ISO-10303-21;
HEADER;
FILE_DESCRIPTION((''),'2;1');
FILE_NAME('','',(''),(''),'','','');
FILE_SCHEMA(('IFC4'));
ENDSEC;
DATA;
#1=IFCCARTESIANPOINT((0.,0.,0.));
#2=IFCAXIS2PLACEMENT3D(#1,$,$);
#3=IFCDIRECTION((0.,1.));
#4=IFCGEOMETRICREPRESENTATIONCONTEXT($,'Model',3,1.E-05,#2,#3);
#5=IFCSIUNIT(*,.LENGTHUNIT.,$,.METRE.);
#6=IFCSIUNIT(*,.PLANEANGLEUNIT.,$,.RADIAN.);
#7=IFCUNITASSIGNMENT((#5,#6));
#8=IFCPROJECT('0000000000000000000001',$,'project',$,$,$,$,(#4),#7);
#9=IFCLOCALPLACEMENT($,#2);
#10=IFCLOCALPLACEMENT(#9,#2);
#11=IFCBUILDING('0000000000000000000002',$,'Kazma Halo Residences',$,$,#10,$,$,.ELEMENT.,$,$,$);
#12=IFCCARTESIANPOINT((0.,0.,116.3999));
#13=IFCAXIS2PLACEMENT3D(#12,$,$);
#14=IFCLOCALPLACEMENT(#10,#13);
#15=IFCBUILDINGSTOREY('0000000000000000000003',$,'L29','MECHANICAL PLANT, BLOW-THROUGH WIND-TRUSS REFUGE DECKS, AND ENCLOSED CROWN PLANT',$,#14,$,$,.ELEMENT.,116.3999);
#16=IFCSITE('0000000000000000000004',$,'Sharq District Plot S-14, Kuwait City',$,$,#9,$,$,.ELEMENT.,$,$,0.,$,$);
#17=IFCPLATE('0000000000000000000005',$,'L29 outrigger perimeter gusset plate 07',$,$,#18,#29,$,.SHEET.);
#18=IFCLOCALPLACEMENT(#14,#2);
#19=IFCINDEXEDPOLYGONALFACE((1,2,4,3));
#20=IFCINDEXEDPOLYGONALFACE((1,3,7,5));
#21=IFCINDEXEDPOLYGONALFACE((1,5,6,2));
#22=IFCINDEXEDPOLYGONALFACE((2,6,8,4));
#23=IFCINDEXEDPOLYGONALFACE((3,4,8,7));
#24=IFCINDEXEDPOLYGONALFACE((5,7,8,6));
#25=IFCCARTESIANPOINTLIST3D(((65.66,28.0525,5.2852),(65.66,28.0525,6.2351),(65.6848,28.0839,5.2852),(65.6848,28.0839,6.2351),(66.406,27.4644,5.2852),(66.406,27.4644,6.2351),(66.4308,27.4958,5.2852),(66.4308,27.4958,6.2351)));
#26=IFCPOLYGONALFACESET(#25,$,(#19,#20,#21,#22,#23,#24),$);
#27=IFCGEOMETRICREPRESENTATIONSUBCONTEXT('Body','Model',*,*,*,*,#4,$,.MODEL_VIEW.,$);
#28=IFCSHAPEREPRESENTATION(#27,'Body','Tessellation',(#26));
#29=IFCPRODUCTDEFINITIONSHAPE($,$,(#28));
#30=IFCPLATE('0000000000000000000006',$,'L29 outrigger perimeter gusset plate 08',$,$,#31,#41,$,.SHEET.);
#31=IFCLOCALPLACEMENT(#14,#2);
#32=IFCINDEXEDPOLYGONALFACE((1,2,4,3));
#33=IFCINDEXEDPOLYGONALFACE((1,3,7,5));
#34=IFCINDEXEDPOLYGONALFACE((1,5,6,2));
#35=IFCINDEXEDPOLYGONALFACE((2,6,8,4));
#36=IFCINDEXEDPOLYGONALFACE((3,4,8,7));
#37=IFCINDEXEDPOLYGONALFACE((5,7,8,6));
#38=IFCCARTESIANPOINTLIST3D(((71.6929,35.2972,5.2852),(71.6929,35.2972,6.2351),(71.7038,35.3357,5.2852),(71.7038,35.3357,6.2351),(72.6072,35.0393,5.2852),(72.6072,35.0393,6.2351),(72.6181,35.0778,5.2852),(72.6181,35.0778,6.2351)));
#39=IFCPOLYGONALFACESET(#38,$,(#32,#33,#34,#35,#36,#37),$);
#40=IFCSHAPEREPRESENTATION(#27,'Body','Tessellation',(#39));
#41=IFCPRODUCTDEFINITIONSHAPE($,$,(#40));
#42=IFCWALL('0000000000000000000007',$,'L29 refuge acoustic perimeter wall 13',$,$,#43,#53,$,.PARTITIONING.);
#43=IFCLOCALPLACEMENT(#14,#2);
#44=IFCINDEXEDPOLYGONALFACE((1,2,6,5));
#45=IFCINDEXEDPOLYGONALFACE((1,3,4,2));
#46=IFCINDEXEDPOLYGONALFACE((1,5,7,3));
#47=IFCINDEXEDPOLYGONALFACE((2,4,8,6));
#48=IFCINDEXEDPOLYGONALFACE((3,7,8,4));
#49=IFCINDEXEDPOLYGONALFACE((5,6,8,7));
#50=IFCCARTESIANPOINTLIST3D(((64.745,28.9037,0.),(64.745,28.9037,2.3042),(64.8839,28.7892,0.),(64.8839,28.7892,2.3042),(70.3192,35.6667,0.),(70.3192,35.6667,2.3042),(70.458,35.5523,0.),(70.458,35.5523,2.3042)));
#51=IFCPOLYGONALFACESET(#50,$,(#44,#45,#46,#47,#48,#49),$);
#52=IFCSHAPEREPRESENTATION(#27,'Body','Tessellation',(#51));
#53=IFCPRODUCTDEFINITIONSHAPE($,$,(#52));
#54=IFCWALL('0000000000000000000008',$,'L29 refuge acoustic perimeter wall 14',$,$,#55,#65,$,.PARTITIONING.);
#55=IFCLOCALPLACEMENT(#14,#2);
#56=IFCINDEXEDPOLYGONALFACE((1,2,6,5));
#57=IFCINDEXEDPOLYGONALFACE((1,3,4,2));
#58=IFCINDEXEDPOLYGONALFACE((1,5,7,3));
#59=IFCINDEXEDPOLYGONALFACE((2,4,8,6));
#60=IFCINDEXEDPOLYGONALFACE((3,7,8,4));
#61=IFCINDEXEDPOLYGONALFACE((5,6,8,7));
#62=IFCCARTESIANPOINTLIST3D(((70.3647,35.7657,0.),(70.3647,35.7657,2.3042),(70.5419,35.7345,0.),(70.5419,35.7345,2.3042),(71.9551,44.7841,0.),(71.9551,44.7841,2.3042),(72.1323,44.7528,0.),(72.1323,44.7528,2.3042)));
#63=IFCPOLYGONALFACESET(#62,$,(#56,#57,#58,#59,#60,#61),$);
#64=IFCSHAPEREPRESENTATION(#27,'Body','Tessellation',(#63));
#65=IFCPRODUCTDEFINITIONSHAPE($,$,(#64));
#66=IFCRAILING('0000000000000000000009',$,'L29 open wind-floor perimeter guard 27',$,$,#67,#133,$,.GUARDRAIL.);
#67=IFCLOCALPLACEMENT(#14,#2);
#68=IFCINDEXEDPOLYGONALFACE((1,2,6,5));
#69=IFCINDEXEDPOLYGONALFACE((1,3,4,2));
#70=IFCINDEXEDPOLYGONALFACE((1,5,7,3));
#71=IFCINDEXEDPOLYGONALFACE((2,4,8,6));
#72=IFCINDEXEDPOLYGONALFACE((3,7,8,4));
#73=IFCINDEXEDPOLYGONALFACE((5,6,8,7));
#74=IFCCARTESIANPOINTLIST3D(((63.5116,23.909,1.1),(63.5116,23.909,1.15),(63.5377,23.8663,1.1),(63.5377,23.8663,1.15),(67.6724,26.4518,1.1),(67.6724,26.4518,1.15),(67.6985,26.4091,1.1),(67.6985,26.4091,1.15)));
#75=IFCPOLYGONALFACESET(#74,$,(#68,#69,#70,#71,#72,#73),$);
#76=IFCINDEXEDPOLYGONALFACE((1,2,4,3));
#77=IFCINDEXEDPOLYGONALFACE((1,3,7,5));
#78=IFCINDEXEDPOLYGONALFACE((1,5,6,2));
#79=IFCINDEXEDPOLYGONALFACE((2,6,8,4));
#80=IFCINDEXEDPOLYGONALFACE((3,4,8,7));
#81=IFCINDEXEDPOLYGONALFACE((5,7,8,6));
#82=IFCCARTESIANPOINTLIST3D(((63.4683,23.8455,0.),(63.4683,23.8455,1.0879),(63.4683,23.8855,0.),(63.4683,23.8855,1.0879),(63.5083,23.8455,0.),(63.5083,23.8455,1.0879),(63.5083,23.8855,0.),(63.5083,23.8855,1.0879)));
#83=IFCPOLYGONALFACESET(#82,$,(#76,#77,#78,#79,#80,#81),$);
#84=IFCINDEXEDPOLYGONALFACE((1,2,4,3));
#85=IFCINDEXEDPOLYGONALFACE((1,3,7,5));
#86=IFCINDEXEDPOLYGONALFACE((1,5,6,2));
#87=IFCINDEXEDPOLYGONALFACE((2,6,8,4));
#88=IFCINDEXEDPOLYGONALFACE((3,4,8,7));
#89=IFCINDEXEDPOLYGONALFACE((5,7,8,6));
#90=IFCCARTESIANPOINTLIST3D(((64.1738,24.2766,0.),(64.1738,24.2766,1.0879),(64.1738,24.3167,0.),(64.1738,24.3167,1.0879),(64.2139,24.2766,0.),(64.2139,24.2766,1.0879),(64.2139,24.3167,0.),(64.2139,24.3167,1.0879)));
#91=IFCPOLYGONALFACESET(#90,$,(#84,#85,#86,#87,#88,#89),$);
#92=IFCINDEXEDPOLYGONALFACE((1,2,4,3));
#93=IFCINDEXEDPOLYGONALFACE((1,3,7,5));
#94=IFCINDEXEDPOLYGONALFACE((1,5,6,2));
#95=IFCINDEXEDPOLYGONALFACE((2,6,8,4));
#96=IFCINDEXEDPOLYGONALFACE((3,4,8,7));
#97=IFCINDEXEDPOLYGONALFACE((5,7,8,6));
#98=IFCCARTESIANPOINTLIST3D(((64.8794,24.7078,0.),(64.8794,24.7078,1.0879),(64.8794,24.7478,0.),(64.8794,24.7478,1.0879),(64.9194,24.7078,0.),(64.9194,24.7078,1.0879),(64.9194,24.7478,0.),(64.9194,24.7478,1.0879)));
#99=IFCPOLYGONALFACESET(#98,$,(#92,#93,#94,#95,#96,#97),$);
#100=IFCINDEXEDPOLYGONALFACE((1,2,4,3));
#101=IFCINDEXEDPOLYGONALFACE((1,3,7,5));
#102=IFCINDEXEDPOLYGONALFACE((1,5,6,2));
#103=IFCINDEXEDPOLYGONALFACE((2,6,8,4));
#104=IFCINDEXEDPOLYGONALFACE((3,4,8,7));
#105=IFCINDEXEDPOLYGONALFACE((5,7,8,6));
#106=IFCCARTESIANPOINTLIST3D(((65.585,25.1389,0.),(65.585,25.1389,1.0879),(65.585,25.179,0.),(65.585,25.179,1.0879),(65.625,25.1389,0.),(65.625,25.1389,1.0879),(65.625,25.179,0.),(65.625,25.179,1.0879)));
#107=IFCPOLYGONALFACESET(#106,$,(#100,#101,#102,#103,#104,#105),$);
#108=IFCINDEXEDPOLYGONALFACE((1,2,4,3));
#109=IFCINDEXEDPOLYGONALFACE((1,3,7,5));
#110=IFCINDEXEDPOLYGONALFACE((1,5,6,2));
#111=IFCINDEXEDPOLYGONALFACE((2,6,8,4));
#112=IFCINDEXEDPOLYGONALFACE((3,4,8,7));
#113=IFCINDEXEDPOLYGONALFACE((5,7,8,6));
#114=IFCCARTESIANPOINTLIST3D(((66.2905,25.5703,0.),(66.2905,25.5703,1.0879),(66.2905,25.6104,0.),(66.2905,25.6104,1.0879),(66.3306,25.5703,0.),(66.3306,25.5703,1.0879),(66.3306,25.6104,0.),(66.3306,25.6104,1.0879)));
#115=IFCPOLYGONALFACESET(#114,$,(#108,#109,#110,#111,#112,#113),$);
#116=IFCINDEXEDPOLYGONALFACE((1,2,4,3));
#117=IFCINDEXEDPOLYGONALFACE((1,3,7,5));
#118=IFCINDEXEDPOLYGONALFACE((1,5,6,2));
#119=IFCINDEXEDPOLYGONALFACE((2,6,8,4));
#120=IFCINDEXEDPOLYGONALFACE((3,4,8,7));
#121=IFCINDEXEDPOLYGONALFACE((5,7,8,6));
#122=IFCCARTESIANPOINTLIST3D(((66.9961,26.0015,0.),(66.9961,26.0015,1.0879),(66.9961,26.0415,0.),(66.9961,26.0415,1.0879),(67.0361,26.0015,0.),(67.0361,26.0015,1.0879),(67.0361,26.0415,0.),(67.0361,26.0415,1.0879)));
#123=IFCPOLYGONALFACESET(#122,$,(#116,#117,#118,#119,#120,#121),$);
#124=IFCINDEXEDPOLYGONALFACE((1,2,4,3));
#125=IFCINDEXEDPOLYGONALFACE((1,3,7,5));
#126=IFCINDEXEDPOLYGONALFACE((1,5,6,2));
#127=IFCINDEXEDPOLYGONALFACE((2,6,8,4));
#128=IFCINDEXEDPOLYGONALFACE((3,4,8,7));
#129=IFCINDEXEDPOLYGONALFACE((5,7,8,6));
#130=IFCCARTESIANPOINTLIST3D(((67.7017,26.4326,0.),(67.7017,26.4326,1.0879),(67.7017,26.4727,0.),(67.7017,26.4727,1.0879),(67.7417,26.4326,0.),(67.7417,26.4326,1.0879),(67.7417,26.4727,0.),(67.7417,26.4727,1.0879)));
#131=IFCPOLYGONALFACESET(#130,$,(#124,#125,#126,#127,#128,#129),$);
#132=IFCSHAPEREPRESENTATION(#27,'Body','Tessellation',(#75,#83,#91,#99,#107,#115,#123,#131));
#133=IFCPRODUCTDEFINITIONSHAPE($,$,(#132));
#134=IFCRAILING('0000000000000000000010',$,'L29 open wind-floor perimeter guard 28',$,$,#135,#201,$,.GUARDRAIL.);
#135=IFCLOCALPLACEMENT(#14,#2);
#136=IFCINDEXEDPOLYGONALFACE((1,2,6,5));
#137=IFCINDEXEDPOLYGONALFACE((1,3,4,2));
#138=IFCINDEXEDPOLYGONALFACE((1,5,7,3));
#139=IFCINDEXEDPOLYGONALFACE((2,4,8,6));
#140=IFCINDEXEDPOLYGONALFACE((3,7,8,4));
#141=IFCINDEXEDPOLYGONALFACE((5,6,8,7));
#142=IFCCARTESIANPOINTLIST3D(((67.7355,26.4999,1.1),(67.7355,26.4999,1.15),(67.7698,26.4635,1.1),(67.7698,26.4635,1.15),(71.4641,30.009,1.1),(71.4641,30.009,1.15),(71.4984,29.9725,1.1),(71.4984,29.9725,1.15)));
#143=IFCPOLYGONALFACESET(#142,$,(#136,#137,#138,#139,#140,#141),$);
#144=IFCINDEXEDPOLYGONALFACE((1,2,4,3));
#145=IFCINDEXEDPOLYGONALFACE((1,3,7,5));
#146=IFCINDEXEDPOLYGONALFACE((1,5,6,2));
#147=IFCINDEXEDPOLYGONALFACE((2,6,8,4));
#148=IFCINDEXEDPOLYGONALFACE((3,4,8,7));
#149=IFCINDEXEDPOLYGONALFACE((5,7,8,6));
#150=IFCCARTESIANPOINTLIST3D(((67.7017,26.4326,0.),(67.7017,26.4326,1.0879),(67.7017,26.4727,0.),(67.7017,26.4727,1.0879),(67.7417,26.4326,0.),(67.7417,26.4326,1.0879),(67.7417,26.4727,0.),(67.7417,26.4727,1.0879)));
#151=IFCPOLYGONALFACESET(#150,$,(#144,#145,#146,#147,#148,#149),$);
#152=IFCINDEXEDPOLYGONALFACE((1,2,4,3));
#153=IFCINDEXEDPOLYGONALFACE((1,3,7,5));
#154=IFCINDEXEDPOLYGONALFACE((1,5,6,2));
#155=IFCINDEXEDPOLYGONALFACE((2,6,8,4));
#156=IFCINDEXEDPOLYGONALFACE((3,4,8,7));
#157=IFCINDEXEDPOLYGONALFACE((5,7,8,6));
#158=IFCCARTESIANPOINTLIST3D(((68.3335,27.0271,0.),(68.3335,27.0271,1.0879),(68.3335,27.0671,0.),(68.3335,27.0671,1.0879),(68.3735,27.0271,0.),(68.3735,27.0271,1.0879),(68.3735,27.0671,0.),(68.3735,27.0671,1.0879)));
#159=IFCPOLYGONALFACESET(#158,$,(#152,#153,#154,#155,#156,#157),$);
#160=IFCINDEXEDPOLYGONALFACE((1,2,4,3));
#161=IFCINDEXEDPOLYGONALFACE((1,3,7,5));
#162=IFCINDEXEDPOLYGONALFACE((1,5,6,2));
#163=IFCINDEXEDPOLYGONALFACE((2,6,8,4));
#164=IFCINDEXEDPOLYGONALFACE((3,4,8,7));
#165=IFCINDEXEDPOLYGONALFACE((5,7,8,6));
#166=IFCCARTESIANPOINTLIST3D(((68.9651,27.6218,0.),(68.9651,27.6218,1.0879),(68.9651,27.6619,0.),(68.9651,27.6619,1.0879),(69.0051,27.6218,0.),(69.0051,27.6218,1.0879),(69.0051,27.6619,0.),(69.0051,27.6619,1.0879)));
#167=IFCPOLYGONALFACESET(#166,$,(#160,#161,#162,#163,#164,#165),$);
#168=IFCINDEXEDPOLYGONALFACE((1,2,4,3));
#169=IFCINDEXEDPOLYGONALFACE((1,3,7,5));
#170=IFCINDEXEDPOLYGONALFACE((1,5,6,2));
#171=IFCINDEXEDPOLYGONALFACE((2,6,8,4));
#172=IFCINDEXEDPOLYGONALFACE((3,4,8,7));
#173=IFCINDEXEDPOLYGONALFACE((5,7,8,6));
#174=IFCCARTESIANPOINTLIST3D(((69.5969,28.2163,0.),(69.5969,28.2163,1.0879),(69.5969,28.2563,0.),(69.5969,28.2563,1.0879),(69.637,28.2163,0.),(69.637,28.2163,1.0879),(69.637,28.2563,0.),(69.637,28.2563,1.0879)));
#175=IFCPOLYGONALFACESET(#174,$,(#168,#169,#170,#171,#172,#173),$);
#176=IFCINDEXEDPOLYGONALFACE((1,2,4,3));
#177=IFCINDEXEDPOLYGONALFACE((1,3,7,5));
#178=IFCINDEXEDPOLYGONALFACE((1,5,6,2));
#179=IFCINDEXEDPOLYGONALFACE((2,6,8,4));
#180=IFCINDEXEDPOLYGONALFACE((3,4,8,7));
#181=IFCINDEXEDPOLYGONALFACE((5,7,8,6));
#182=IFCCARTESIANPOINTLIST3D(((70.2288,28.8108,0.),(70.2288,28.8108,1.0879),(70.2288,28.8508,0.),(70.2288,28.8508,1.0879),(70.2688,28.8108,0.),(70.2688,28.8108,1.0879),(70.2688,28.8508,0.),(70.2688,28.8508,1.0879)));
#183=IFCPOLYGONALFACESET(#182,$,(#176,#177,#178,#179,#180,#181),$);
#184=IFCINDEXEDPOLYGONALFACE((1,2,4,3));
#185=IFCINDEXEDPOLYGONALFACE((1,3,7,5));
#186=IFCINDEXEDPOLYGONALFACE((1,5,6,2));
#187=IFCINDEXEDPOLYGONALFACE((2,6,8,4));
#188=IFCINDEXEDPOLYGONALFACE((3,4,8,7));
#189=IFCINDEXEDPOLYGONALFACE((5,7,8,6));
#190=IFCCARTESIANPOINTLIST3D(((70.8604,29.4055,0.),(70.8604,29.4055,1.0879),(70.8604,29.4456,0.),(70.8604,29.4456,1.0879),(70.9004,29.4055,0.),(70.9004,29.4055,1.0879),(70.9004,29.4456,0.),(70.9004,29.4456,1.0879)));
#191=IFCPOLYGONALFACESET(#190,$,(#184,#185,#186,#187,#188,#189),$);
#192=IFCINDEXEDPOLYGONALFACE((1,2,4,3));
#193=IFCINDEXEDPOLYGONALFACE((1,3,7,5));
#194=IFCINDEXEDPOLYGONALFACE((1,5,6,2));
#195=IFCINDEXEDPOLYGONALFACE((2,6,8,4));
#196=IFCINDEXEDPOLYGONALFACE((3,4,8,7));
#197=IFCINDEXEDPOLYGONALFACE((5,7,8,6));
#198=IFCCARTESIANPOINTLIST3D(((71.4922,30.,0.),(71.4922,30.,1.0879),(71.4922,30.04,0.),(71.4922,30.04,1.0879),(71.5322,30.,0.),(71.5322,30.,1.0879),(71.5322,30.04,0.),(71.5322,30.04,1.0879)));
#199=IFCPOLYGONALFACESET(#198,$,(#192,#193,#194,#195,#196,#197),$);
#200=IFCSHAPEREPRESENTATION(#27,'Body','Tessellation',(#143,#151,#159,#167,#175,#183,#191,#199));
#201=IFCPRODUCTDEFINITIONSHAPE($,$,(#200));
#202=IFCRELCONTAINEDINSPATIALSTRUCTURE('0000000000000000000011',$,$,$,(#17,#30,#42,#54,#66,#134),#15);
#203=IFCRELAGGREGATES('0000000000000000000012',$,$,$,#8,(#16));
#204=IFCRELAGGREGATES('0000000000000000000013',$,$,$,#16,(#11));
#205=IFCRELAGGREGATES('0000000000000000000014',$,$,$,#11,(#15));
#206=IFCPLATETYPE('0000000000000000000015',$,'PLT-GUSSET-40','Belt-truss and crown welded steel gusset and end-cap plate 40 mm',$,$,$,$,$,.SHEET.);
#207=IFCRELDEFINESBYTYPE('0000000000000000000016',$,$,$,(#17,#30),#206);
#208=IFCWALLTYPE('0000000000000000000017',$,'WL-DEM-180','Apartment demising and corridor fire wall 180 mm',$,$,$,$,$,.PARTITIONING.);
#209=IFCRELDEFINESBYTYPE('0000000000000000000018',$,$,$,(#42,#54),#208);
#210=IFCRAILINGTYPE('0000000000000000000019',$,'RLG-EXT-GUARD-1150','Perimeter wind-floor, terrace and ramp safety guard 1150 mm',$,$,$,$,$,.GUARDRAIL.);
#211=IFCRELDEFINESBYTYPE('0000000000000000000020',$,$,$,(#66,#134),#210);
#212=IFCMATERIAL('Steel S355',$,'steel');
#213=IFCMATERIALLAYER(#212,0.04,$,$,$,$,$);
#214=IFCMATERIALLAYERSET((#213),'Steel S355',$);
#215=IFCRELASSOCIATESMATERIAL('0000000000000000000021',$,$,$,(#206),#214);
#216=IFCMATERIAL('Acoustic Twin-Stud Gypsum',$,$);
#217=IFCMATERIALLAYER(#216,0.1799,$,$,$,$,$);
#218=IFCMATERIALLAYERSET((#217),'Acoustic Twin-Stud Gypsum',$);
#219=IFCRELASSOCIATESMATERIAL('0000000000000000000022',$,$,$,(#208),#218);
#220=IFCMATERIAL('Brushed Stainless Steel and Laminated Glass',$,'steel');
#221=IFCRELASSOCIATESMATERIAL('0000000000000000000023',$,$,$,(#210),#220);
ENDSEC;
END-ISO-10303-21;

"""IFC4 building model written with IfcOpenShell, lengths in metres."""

from ifc_helpers import new_model, si_unit, direction, frame, frame_2d, origin, origin_2d, place, context, subcontext, project, spatial, rectangle, extrude, material, layer, layer_set, type_object, element, save


model = new_model("IFC4")

# Units and contexts
model_context = context("Model", 3, precision=1e-05, world=origin(), true_north=direction((0.0, 1.0)))
body_context = subcontext(model_context, "Body", "Model", "MODEL_VIEW")
ifc_project = project(units=[si_unit("LENGTHUNIT", "METRE"), si_unit("PLANEANGLEUNIT", "RADIAN")], contexts=[model_context])

# Site, building, storey
site_placement = place(None, origin())
site = spatial("IfcSite", under=ifc_project, at=site_placement, Name="Sharq District Plot S-14, Kuwait City", CompositionType="ELEMENT", RefElevation=0.0)
building_placement = place(site_placement, origin())
building = spatial("IfcBuilding", under=site, at=building_placement, Name="Kazma Halo Residences", CompositionType="ELEMENT")
storey_placement = place(building_placement, frame((0.0, 0.0, 116.3999)))
storey = spatial("IfcBuildingStorey", under=building, at=storey_placement, Name="L29", Description="MECHANICAL PLANT, BLOW-THROUGH WIND-TRUSS REFUGE DECKS, AND ENCLOSED CROWN PLANT", CompositionType="ELEMENT", Elevation=116.3999)

# Shared definitions
ifc_material_1 = material(Name="Steel S355", Category="steel")

# Plates
ifc_layer_1 = layer(ifc_material_1, 0.04)
ifc_layer_set_1 = layer_set([ifc_layer_1], Name="Steel S355")
plate_type = type_object("IfcPlateType", Name="PLT-GUSSET-40", Description="Belt-truss and crown welded steel gusset and end-cap plate 40 mm", PredefinedType="SHEET", material=ifc_layer_set_1)
for number, where, z_axis, x_axis, name in (
    (1, (66.0454, 27.7742, 5.2852), (0.0, 0.0, 1.0), (0.78532, -0.61909, 0.0), "L29 outrigger perimeter gusset plate 07"),
    (2, (72.1555, 35.1875, 5.2852), (0.0, 0.0, 1.0), (0.962455, -0.271441, 0.0), "L29 outrigger perimeter gusset plate 08"),
):
    element("IfcPlate", number, at=place(storey_placement, frame(where, z_axis=z_axis, x_axis=x_axis)), inside=storey, type_object=plate_type, Name=name, PredefinedType="SHEET", context=body_context, shape_type="SweptSolid", body=[
        extrude(rectangle(XDim=0.95, YDim=0.04, at=origin_2d()), origin(), (0.0, 0.0, 1.0), 0.95),
    ])

# Walls
ifc_material_2 = material(Name="Acoustic Twin-Stud Gypsum")
ifc_layer_2 = layer(ifc_material_2, 0.1799)
ifc_layer_set_2 = layer_set([ifc_layer_2], Name="Acoustic Twin-Stud Gypsum")
wall_type = type_object("IfcWallType", Name="WL-DEM-180", Description="Apartment demising and corridor fire wall 180 mm", PredefinedType="PARTITIONING", material=ifc_layer_set_2)
wall_1_placement = place(storey_placement, frame((64.8145, 28.8464, 0.0), z_axis=(0.0, 0.0, 1.0), x_axis=(0.636016, 0.771676, 0.0)))
element("IfcWall", 3, at=wall_1_placement, inside=storey, type_object=wall_type, Name="L29 refuge acoustic perimeter wall 13", PredefinedType="PARTITIONING", context=body_context, shape_type="SweptSolid", body=[
    extrude(rectangle(XDim=8.7642, YDim=0.1799, at=frame_2d((4.3821, 0.0))), origin(), (0.0, 0.0, 1.0), 2.3042),
])
wall_2_placement = place(storey_placement, frame((70.4534, 35.7502, 0.0), z_axis=(0.0, 0.0, 1.0), x_axis=(0.173665, 0.984805, 0.0)))
element("IfcWall", 4, at=wall_2_placement, inside=storey, type_object=wall_type, Name="L29 refuge acoustic perimeter wall 14", PredefinedType="PARTITIONING", context=body_context, shape_type="SweptSolid", body=[
    extrude(rectangle(XDim=9.1575, YDim=0.1799, at=frame_2d((4.5786, 0.0))), origin(), (0.0, 0.0, 1.0), 2.3042),
])

# Railings
ifc_material_3 = material(Name="Brushed Stainless Steel and Laminated Glass", Category="steel")
railing_type = type_object("IfcRailingType", Name="RLG-EXT-GUARD-1150", Description="Perimeter wind-floor, terrace and ramp safety guard 1150 mm", PredefinedType="GUARDRAIL", material=ifc_material_3)
railing_1_placement = place(storey_placement, frame((63.4883, 23.8655, 0.0)))
element("IfcRailing", 5, at=railing_1_placement, inside=storey, type_object=railing_type, Name="L29 open wind-floor perimeter guard 27", PredefinedType="GUARDRAIL", context=body_context, shape_type="SweptSolid", body=[
    extrude(rectangle(XDim=0.05, YDim=0.05, at=origin_2d()), frame((0.0364, 0.0222, 1.125), z_axis=(0.853275, 0.521462, 0.0), x_axis=(-0.521462, 0.853275, 0.0)), (0.0, 0.0, 1.0), 4.8762),
    extrude(rectangle(XDim=0.04, YDim=0.04, at=origin_2d()), origin(), (0.0, 0.0, 1.0), 1.0879),
    extrude(rectangle(XDim=0.04, YDim=0.04, at=origin_2d()), frame((0.7056, 0.4312, 0.0)), (0.0, 0.0, 1.0), 1.0879),
    extrude(rectangle(XDim=0.04, YDim=0.04, at=origin_2d()), frame((1.4111, 0.8623, 0.0)), (0.0, 0.0, 1.0), 1.0879),
    extrude(rectangle(XDim=0.04, YDim=0.04, at=origin_2d()), frame((2.1167, 1.2935, 0.0)), (0.0, 0.0, 1.0), 1.0879),
    extrude(rectangle(XDim=0.04, YDim=0.04, at=origin_2d()), frame((2.8223, 1.7249, 0.0)), (0.0, 0.0, 1.0), 1.0879),
    extrude(rectangle(XDim=0.04, YDim=0.04, at=origin_2d()), frame((3.5278, 2.156, 0.0)), (0.0, 0.0, 1.0), 1.0879),
    extrude(rectangle(XDim=0.04, YDim=0.04, at=origin_2d()), frame((4.2334, 2.5872, 0.0)), (0.0, 0.0, 1.0), 1.0879),
])
railing_2_placement = place(storey_placement, frame((67.7217, 26.4526, 0.0)))
element("IfcRailing", 6, at=railing_2_placement, inside=storey, type_object=railing_type, Name="L29 open wind-floor perimeter guard 28", PredefinedType="GUARDRAIL", context=body_context, shape_type="SweptSolid", body=[
    extrude(rectangle(XDim=0.05, YDim=0.05, at=origin_2d()), frame((0.031, 0.0291, 1.125), z_axis=(0.728217, 0.685347, 0.0), x_axis=(-0.685347, 0.728217, 0.0)), (0.0, 0.0, 1.0), 5.1201),
    extrude(rectangle(XDim=0.04, YDim=0.04, at=origin_2d()), origin(), (0.0, 0.0, 1.0), 1.0879),
    extrude(rectangle(XDim=0.04, YDim=0.04, at=origin_2d()), frame((0.6318, 0.5945, 0.0)), (0.0, 0.0, 1.0), 1.0879),
    extrude(rectangle(XDim=0.04, YDim=0.04, at=origin_2d()), frame((1.2634, 1.1892, 0.0)), (0.0, 0.0, 1.0), 1.0879),
    extrude(rectangle(XDim=0.04, YDim=0.04, at=origin_2d()), frame((1.8953, 1.7837, 0.0)), (0.0, 0.0, 1.0), 1.0879),
    extrude(rectangle(XDim=0.04, YDim=0.04, at=origin_2d()), frame((2.5271, 2.3782, 0.0)), (0.0, 0.0, 1.0), 1.0879),
    extrude(rectangle(XDim=0.04, YDim=0.04, at=origin_2d()), frame((3.1587, 2.9729, 0.0)), (0.0, 0.0, 1.0), 1.0879),
    extrude(rectangle(XDim=0.04, YDim=0.04, at=origin_2d()), frame((3.7905, 3.5674, 0.0)), (0.0, 0.0, 1.0), 1.0879),
])

save(model, "model.ifc")
